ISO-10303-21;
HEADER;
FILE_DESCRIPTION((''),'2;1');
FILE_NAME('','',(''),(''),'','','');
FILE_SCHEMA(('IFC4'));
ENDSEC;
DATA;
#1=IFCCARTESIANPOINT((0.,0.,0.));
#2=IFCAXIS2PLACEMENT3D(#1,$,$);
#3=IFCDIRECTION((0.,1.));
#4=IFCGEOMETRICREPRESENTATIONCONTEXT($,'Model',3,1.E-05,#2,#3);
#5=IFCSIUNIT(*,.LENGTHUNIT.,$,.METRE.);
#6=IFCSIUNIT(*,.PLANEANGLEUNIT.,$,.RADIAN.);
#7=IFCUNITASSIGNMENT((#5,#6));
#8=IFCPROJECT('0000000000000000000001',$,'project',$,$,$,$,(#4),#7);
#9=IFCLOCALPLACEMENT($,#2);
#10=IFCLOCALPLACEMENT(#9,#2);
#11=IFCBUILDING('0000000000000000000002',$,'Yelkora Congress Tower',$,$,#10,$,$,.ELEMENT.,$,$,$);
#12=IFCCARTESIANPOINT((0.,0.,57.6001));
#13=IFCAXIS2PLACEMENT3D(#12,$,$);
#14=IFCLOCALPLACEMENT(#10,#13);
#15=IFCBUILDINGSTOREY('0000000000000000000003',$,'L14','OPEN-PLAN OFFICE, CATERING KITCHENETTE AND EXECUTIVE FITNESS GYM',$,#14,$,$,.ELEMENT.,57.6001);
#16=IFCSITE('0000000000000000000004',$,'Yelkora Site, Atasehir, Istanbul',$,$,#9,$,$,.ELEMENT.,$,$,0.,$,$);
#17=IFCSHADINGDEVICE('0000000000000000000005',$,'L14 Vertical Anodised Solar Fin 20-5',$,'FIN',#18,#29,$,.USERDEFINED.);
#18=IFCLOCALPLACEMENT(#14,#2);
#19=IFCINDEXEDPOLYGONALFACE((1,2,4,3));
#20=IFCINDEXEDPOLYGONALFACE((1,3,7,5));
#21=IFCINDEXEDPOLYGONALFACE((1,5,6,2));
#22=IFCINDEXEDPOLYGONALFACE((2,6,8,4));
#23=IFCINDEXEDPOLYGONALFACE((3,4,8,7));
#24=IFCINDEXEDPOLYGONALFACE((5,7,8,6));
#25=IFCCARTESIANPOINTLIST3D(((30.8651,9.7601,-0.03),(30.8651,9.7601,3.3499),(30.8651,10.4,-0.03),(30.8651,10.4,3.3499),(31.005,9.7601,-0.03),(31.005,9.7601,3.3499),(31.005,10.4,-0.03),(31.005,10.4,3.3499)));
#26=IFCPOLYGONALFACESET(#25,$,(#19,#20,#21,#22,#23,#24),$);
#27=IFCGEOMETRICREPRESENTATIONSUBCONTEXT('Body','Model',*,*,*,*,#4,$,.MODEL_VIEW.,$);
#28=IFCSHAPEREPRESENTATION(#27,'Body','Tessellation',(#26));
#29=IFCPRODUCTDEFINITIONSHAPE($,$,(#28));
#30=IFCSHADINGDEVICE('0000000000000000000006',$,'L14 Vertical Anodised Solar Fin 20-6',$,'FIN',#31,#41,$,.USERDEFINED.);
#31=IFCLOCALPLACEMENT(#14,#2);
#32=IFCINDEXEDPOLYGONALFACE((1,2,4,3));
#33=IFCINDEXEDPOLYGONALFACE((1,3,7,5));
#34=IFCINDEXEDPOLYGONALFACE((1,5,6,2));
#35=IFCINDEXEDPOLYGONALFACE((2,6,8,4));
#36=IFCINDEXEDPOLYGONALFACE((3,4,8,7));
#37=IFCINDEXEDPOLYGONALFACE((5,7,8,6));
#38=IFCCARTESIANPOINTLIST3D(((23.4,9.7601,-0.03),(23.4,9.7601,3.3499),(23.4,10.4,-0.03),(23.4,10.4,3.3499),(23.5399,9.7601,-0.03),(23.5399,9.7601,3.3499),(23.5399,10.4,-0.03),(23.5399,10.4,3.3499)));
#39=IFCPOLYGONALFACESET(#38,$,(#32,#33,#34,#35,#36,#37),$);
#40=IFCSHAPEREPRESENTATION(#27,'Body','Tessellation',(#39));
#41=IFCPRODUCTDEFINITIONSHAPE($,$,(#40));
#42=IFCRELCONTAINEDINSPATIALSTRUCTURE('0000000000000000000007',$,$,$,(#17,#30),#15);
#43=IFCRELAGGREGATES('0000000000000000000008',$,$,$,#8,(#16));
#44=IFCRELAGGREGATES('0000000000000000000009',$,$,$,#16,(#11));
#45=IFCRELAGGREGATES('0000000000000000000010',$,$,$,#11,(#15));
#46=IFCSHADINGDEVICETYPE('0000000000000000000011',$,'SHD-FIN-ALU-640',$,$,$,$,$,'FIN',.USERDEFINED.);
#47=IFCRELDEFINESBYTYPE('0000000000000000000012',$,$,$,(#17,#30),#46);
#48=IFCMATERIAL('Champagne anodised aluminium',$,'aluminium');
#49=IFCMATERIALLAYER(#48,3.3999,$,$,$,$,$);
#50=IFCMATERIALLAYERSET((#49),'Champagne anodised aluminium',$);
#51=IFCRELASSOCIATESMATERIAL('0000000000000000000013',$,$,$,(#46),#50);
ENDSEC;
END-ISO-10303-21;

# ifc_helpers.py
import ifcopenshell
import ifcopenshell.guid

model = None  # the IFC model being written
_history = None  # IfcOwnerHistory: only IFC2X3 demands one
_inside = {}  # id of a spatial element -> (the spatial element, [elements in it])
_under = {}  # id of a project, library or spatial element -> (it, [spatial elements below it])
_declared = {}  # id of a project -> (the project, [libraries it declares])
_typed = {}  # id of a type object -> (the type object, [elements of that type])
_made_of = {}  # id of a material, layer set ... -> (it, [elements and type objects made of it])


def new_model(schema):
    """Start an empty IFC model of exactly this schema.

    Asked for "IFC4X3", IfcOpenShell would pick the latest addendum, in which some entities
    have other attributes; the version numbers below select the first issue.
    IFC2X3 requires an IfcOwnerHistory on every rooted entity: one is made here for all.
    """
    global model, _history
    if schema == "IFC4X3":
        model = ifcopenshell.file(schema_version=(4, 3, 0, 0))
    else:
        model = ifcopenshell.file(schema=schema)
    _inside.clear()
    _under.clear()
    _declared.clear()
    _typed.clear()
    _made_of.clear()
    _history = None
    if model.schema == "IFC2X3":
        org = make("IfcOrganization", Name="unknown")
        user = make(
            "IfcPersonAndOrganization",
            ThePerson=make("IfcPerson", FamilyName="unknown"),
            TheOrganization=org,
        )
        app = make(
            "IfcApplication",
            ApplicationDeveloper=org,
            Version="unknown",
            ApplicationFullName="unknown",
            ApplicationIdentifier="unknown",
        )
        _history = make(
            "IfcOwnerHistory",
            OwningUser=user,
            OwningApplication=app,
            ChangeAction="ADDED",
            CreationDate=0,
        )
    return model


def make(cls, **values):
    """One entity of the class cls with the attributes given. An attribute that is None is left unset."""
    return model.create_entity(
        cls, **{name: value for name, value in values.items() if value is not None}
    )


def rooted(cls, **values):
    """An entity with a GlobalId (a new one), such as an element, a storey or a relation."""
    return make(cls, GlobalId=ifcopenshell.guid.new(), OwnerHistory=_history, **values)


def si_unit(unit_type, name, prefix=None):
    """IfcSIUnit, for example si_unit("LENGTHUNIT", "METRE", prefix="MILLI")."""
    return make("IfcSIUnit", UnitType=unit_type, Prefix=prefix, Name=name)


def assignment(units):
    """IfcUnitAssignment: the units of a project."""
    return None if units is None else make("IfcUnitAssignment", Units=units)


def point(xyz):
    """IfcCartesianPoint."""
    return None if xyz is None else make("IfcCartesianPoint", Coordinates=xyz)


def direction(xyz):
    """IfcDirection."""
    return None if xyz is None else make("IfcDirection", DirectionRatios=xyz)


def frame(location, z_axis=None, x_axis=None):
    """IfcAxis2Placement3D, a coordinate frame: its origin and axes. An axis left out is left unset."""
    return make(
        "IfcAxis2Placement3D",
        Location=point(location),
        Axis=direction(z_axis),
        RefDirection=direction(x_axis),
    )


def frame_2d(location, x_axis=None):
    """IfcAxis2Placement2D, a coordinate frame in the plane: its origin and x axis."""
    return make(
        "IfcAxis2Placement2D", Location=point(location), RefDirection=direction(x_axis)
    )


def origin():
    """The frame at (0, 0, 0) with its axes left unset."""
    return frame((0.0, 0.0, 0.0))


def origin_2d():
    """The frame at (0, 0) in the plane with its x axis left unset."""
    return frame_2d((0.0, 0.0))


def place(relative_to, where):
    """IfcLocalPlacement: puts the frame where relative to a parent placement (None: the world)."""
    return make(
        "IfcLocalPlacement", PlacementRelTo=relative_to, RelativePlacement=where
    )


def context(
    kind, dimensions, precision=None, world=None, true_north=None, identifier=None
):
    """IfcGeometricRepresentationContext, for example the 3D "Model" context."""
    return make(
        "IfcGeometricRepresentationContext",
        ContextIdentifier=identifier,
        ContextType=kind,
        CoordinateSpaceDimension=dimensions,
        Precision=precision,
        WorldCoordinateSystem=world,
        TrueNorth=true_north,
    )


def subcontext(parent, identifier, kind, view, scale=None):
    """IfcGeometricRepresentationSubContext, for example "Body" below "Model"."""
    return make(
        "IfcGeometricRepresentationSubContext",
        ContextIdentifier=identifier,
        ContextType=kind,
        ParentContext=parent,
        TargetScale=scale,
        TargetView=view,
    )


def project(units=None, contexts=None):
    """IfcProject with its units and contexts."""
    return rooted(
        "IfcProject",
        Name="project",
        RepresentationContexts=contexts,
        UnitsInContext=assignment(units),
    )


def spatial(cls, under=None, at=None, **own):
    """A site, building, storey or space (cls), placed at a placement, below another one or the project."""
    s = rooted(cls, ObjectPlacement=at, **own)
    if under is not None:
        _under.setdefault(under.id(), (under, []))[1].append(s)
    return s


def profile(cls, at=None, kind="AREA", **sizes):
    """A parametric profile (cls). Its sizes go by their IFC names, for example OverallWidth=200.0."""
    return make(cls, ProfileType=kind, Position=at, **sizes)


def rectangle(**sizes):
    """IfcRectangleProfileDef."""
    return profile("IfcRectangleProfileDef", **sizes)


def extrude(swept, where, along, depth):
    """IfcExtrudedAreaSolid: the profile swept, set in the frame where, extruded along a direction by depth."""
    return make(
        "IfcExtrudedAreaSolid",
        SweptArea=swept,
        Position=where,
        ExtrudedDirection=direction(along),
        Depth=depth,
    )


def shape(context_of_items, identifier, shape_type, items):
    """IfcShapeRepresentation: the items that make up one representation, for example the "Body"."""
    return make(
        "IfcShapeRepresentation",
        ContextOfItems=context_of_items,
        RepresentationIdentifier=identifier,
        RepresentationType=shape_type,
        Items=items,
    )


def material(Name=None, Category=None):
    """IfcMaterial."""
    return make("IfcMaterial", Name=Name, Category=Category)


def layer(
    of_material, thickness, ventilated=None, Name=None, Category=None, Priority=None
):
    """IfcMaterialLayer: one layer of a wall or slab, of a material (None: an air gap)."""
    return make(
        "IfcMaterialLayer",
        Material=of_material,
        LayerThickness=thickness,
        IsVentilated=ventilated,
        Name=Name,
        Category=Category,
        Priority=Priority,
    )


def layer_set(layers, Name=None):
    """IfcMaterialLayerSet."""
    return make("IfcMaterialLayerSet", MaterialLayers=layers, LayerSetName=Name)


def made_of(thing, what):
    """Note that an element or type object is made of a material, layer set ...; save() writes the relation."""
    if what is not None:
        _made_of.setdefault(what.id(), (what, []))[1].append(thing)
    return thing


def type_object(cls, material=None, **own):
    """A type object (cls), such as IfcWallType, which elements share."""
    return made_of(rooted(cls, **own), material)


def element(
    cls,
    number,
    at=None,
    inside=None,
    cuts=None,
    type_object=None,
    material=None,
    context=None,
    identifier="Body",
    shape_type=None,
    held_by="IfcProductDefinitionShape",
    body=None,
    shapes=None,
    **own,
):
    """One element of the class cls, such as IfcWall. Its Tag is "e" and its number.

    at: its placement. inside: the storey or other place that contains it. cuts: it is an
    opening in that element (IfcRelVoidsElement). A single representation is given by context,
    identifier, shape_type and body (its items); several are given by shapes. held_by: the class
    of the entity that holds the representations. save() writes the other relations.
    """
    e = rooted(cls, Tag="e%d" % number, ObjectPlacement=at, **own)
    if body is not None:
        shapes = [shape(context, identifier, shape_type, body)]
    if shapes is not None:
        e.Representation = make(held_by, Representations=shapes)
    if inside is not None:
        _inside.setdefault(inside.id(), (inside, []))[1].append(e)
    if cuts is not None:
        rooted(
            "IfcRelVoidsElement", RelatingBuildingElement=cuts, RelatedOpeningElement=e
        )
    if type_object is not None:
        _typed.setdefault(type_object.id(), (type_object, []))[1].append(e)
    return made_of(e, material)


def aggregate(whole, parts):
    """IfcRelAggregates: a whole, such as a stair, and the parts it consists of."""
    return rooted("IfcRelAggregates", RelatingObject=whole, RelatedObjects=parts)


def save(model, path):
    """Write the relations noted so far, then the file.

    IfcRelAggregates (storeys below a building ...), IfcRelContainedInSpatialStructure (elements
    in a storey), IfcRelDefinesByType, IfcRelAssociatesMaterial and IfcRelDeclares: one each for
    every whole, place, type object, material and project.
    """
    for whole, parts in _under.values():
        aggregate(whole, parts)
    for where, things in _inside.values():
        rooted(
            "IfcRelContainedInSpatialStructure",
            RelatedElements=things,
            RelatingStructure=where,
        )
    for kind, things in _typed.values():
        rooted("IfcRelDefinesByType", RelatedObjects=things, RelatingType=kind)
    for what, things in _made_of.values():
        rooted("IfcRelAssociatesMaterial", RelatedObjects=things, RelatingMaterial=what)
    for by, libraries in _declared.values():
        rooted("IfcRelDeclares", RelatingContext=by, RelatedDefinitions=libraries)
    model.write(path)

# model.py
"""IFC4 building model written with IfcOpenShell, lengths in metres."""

from ifc_helpers import new_model, si_unit, direction, frame, origin, origin_2d, place, context, subcontext, project, spatial, rectangle, extrude, material, layer, layer_set, type_object, element, save


model = new_model("IFC4")

# Units and contexts
model_context = context("Model", 3, precision=1e-05, world=origin(), true_north=direction((0.0, 1.0)))
body_context = subcontext(model_context, "Body", "Model", "MODEL_VIEW")
ifc_project = project(units=[si_unit("LENGTHUNIT", "METRE"), si_unit("PLANEANGLEUNIT", "RADIAN")], contexts=[model_context])

# Site, building, storey
site_placement = place(None, origin())
site = spatial("IfcSite", under=ifc_project, at=site_placement, Name="Yelkora Site, Atasehir, Istanbul", CompositionType="ELEMENT", RefElevation=0.0)
building_placement = place(site_placement, origin())
building = spatial("IfcBuilding", under=site, at=building_placement, Name="Yelkora Congress Tower", CompositionType="ELEMENT")
storey_placement = place(building_placement, frame((0.0, 0.0, 57.6001)))
storey = spatial("IfcBuildingStorey", under=building, at=storey_placement, Name="L14", Description="OPEN-PLAN OFFICE, CATERING KITCHENETTE AND EXECUTIVE FITNESS GYM", CompositionType="ELEMENT", Elevation=57.6001)

# Shading devices
ifc_material_1 = material(Name="Champagne anodised aluminium", Category="aluminium")
ifc_layer_1 = layer(ifc_material_1, 3.3999)
ifc_layer_set_1 = layer_set([ifc_layer_1], Name="Champagne anodised aluminium")
shading_device_type = type_object("IfcShadingDeviceType", Name="SHD-FIN-ALU-640", ElementType="FIN", PredefinedType="USERDEFINED", material=ifc_layer_set_1)
for number, where, z_axis, x_axis, name in (
    (1, (30.9351, 10.0801, -0.03), (0.0, 0.0, 1.0), (-1.0, 0.0, 0.0), "L14 Vertical Anodised Solar Fin 20-5"),
    (2, (23.47, 10.0801, -0.03), (0.0, 0.0, 1.0), (-1.0, 0.0, 0.0), "L14 Vertical Anodised Solar Fin 20-6"),
):
    element("IfcShadingDevice", number, at=place(storey_placement, frame(where, z_axis=z_axis, x_axis=x_axis)), inside=storey, type_object=shading_device_type, Name=name, ObjectType="FIN", PredefinedType="USERDEFINED", context=body_context, shape_type="SweptSolid", body=[
        extrude(rectangle(XDim=0.1399, YDim=0.6399, at=origin_2d()), origin(), (0.0, 0.0, 1.0), 3.3799),
    ])

save(model, "model.ifc")
